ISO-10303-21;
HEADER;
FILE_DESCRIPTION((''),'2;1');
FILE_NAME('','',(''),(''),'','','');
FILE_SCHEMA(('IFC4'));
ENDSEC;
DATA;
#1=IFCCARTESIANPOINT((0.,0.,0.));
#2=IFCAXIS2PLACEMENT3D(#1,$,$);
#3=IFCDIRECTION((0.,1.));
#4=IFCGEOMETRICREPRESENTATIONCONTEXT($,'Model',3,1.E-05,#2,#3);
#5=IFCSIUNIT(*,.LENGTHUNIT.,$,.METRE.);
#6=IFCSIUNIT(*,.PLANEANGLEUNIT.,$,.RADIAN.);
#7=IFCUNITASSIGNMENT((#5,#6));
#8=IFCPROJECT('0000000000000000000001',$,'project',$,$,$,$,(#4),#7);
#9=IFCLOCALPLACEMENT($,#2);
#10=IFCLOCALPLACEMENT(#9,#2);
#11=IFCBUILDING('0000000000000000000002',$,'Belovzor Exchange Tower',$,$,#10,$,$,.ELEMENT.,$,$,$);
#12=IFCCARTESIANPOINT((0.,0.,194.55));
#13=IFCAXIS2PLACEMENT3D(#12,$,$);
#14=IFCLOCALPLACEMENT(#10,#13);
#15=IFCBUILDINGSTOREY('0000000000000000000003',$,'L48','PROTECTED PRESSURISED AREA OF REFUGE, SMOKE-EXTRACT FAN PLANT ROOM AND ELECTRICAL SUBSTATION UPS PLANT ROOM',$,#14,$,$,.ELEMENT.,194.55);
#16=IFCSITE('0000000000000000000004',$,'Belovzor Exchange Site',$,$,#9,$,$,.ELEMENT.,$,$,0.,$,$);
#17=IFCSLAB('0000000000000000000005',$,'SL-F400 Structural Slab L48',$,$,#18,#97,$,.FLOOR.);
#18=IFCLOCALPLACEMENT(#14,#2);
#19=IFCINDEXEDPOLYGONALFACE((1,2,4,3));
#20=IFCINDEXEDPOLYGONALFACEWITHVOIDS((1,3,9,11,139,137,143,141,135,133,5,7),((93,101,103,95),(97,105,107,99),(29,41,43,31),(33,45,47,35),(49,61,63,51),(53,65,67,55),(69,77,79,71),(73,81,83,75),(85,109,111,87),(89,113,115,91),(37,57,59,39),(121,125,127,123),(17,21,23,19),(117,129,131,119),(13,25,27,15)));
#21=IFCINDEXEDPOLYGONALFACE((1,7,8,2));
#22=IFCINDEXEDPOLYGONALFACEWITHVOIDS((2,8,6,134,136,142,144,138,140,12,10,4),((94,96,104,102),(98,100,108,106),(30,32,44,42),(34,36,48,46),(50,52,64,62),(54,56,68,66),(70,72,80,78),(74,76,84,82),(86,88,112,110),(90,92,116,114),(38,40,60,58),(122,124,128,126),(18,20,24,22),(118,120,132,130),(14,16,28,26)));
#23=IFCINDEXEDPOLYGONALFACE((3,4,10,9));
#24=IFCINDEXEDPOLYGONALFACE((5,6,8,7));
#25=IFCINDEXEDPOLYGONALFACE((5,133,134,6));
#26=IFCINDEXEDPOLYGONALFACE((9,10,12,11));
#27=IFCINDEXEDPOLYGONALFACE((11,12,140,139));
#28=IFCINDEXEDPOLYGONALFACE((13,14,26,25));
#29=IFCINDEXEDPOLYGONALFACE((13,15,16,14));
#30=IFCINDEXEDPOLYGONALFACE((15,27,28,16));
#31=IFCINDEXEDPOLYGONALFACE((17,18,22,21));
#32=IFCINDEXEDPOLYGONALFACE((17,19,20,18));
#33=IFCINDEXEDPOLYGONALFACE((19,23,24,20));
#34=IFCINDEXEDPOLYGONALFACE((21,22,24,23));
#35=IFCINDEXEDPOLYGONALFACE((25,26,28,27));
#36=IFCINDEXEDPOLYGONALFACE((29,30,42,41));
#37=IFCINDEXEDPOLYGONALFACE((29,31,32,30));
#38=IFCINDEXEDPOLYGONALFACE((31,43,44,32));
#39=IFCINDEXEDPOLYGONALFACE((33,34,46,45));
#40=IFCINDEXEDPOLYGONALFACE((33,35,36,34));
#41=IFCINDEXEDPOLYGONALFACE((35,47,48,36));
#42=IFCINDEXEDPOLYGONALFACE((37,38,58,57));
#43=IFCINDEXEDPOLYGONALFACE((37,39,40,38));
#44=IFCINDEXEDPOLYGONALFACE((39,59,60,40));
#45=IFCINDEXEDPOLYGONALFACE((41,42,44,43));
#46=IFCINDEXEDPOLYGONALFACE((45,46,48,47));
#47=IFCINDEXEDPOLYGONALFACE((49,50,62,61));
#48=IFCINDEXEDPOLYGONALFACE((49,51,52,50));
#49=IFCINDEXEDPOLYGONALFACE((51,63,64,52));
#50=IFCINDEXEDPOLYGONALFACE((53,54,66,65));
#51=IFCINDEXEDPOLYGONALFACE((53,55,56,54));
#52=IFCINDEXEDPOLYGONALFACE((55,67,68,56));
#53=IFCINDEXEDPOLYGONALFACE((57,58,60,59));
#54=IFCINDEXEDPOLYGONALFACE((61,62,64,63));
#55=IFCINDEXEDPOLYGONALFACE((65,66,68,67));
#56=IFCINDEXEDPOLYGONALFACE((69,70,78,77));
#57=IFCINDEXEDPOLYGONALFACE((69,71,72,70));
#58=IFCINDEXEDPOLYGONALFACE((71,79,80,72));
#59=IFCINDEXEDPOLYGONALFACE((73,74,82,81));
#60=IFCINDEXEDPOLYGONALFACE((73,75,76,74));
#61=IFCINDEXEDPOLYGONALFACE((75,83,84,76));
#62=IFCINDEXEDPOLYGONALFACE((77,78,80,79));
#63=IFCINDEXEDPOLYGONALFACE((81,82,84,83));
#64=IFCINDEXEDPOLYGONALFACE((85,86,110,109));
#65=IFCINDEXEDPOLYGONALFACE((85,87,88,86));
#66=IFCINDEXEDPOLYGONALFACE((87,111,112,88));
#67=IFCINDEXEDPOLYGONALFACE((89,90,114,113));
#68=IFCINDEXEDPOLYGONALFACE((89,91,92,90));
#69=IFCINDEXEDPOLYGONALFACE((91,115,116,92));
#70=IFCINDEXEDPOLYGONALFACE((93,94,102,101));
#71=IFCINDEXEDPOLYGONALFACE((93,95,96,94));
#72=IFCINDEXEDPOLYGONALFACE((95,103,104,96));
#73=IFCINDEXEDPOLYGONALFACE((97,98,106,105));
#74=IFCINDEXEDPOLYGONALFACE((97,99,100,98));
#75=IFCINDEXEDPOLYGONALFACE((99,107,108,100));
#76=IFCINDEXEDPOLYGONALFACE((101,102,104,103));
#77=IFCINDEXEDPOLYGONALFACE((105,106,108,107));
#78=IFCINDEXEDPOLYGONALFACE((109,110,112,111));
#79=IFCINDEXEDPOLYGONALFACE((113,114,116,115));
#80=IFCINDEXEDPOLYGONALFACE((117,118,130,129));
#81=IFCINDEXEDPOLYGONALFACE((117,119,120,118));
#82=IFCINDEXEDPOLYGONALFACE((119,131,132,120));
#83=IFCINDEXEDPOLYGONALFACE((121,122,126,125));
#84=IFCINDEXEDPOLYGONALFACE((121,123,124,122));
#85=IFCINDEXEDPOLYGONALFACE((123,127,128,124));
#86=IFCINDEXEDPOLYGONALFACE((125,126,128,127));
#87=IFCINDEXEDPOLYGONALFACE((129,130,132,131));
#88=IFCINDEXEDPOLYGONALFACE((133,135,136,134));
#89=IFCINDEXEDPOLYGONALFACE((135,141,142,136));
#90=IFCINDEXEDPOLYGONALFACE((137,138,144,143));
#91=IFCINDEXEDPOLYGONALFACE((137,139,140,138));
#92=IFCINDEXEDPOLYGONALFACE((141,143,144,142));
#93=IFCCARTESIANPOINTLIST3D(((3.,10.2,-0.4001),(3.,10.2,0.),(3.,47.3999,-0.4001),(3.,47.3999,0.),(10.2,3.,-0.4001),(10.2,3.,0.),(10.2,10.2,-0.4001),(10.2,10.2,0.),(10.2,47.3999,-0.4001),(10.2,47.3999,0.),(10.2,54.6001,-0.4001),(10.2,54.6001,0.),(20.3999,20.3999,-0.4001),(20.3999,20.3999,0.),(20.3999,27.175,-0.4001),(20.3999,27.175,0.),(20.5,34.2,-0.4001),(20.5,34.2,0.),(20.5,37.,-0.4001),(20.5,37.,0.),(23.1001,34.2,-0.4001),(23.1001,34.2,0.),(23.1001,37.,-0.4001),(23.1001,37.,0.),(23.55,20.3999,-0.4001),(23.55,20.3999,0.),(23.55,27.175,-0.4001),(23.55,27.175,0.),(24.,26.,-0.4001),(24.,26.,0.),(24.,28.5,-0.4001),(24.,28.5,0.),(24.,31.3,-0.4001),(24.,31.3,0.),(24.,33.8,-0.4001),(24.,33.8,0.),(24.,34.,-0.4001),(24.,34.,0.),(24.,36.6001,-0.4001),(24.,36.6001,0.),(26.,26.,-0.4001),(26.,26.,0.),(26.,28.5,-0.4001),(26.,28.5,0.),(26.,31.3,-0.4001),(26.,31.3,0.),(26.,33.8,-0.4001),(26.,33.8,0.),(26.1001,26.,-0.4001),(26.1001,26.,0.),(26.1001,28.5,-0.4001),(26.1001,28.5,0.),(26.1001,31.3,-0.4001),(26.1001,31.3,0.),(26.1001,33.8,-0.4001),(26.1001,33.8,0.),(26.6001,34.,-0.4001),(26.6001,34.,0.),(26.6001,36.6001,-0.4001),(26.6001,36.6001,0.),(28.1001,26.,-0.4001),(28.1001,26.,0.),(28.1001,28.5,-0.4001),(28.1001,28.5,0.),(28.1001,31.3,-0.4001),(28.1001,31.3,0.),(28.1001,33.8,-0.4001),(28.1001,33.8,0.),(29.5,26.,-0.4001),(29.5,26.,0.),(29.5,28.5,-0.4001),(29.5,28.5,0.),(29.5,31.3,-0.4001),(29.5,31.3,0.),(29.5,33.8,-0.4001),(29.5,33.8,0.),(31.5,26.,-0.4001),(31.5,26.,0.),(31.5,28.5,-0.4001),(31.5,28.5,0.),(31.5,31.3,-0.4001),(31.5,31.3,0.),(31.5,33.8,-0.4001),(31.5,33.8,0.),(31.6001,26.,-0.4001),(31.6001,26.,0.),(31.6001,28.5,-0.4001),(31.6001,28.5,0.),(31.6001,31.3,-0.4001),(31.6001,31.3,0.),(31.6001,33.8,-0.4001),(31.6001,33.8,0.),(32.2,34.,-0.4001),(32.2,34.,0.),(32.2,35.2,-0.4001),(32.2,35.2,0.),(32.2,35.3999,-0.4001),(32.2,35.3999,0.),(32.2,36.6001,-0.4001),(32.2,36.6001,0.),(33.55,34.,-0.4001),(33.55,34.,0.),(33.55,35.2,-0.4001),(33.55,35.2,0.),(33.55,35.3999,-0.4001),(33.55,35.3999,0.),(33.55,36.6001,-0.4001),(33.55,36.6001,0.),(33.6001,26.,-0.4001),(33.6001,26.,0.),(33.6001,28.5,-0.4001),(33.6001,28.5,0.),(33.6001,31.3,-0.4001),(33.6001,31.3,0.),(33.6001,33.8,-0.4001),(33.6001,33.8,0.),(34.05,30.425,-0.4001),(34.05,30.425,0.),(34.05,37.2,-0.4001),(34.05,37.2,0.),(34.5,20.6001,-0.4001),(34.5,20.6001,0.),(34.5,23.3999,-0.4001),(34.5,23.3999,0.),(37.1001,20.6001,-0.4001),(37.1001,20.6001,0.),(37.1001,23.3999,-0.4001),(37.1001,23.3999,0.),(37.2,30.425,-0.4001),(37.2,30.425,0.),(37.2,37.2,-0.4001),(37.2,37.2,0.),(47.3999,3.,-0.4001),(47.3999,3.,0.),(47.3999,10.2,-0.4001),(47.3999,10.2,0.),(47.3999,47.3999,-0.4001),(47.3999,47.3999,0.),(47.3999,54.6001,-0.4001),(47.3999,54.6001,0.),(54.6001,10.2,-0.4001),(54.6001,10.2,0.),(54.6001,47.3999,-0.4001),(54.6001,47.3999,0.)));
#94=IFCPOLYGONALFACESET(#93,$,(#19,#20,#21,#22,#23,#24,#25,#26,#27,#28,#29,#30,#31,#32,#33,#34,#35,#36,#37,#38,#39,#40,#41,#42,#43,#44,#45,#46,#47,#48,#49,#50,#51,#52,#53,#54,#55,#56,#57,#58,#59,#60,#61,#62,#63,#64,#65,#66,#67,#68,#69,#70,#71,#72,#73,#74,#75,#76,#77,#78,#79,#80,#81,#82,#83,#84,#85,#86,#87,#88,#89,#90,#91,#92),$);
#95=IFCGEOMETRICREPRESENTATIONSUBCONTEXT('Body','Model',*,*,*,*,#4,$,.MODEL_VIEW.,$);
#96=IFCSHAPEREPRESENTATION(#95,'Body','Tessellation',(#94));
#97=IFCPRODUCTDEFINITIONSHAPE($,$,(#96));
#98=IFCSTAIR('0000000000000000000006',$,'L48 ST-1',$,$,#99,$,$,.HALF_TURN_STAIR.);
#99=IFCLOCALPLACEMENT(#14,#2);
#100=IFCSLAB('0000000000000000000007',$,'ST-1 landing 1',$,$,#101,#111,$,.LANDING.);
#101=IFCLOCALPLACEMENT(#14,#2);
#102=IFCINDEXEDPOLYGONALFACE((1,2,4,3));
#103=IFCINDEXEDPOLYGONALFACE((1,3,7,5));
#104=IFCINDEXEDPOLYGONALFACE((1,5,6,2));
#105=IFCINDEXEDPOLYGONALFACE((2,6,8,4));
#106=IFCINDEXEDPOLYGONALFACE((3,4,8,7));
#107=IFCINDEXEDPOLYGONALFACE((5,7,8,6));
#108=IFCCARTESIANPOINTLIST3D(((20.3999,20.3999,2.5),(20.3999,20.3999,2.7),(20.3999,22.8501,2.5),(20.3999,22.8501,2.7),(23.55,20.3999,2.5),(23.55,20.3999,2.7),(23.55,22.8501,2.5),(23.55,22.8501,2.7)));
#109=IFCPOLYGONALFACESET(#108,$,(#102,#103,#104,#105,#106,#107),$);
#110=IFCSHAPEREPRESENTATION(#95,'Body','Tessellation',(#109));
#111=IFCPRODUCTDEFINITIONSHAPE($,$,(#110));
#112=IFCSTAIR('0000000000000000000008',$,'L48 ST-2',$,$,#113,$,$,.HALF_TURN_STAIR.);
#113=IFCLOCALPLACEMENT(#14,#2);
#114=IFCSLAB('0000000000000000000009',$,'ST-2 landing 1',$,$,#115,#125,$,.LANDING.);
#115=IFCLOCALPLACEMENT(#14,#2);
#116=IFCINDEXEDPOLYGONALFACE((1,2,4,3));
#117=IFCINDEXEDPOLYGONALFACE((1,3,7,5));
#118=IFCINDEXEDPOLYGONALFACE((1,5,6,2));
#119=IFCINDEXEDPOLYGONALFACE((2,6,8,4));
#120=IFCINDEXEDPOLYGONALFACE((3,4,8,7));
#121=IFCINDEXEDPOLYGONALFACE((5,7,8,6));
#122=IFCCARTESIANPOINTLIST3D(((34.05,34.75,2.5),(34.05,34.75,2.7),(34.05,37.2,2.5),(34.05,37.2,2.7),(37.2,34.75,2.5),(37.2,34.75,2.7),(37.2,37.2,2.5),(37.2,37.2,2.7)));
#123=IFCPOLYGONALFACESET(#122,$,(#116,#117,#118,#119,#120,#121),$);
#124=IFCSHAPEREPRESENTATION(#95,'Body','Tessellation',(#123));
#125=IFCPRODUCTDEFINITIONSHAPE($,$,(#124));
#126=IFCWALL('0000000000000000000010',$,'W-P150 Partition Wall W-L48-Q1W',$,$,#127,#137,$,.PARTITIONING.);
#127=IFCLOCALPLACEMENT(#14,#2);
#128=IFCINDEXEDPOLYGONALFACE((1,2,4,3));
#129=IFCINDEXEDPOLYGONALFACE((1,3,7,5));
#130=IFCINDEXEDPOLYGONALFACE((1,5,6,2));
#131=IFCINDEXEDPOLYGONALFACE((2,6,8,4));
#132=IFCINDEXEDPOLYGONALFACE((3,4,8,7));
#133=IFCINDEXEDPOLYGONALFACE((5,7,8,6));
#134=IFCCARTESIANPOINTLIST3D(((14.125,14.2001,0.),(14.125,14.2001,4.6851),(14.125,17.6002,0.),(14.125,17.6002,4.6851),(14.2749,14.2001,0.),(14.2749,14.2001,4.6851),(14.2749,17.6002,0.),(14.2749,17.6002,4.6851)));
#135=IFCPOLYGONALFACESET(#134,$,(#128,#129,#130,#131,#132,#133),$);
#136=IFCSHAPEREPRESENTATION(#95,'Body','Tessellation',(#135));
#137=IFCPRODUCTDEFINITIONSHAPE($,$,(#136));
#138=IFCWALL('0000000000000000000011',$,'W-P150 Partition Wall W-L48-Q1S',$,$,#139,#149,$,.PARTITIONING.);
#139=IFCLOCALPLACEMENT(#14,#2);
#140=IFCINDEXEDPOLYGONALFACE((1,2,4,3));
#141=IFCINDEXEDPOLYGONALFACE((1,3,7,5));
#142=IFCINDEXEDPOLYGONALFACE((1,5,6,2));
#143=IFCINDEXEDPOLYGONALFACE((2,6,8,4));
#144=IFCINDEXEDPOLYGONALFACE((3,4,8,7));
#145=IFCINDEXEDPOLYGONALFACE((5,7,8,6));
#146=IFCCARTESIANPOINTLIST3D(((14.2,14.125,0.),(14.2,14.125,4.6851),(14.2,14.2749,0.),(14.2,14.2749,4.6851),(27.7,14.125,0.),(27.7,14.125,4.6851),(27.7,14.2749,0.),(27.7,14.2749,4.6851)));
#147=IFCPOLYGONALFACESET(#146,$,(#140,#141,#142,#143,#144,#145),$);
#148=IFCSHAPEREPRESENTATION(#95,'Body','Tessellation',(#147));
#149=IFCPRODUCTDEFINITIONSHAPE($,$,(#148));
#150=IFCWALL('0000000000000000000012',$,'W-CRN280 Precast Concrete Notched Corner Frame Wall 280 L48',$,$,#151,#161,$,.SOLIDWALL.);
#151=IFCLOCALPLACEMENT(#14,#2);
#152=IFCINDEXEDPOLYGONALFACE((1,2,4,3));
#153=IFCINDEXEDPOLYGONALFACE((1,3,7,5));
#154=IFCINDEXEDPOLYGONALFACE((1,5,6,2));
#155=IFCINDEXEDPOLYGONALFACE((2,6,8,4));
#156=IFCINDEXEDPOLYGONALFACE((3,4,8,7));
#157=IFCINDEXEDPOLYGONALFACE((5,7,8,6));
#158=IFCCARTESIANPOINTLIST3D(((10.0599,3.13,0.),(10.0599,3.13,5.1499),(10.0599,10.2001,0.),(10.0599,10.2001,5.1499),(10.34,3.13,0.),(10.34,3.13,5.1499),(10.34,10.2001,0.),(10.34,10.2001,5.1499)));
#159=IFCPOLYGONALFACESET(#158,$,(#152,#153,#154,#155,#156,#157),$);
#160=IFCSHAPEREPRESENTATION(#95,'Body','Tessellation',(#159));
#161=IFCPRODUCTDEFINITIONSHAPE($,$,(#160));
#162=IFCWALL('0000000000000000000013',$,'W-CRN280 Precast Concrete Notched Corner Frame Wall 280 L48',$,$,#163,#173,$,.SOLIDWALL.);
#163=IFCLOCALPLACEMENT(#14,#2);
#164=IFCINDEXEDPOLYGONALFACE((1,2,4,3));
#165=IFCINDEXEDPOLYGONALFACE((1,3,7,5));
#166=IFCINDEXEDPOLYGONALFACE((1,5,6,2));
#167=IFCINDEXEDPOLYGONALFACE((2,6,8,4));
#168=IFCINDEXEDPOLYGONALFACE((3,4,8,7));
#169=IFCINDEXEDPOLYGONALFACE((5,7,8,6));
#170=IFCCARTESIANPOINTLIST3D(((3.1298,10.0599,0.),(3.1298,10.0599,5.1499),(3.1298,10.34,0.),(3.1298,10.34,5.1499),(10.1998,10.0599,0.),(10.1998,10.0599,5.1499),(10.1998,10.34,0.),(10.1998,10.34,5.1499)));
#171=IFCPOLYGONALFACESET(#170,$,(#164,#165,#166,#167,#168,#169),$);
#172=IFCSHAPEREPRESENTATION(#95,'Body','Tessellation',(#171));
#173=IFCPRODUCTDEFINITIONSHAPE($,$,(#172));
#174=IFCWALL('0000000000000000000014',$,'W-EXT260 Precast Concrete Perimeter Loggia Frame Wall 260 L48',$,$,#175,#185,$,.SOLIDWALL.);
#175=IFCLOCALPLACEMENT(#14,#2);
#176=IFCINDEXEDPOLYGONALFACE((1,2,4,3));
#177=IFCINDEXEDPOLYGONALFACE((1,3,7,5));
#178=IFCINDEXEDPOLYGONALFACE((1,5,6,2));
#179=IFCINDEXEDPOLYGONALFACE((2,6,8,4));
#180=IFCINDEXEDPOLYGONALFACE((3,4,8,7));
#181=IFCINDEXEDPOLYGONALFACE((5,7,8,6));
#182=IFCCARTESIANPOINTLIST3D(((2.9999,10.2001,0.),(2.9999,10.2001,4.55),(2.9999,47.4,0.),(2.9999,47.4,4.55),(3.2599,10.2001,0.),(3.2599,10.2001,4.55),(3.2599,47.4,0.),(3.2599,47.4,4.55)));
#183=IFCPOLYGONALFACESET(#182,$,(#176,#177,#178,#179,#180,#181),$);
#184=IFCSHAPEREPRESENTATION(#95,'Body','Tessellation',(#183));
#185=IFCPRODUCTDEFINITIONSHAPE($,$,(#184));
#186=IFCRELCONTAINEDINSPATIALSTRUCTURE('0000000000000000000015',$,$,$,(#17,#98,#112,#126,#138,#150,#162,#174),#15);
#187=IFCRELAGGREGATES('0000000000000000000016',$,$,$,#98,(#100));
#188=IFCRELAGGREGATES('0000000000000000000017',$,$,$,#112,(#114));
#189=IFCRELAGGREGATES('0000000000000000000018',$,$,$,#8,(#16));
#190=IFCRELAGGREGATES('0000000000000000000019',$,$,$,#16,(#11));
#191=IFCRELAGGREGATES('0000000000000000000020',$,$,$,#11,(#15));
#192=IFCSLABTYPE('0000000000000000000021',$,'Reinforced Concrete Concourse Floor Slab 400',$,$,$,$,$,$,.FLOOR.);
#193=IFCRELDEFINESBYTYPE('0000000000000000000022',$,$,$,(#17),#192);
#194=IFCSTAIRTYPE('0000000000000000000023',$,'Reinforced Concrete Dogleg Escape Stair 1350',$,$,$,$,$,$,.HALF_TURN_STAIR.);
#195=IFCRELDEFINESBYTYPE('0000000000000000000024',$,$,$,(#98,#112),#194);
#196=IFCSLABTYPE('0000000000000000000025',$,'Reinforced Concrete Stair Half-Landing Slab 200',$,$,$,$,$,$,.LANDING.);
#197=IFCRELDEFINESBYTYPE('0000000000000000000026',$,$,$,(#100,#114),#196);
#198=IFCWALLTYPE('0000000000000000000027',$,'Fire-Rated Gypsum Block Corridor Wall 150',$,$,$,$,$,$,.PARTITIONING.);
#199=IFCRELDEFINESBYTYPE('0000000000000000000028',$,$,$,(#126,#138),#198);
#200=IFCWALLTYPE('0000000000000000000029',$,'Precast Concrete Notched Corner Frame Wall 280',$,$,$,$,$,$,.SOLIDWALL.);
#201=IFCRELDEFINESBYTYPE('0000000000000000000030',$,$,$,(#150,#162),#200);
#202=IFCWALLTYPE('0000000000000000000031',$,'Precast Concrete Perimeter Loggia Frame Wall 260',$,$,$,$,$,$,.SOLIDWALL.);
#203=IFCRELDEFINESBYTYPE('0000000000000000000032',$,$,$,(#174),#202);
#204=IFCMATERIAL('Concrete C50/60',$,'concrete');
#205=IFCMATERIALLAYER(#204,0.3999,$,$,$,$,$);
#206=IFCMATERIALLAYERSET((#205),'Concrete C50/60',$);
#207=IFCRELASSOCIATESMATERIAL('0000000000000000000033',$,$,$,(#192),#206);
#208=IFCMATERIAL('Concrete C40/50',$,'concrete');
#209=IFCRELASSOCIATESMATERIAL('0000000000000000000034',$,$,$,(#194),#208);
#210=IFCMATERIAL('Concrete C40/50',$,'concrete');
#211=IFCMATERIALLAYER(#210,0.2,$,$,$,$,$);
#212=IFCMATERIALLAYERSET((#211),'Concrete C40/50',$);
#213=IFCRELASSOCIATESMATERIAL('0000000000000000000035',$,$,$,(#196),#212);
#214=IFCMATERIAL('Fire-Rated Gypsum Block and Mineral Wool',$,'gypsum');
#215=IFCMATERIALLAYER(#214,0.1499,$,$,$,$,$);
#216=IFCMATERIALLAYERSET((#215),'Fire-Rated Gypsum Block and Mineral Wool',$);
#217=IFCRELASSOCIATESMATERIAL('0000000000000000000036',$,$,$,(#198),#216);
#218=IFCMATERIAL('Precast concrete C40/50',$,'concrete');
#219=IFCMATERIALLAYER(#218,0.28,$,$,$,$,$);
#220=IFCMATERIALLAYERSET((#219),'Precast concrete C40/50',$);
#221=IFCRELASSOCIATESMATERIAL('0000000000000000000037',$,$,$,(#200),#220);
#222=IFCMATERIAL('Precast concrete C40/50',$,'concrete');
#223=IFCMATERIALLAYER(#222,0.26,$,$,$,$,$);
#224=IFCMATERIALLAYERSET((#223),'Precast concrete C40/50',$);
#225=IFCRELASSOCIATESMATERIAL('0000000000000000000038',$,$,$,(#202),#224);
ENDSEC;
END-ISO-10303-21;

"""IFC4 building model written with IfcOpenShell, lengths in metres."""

from ifc_helpers import new_model, si_unit, direction, frame, frame_2d, origin, place, context, subcontext, project, spatial, polyline, rectangle, outline, extrude, material, layer, layer_set, type_object, element, aggregate, save


model = new_model("IFC4")

# Units and contexts
model_context = context("Model", 3, precision=1e-05, world=origin(), true_north=direction((0.0, 1.0)))
body_context = subcontext(model_context, "Body", "Model", "MODEL_VIEW")
ifc_project = project(units=[si_unit("LENGTHUNIT", "METRE"), si_unit("PLANEANGLEUNIT", "RADIAN")], contexts=[model_context])

# Site, building, storey
site_placement = place(None, origin())
site = spatial("IfcSite", under=ifc_project, at=site_placement, Name="Belovzor Exchange Site", CompositionType="ELEMENT", RefElevation=0.0)
building_placement = place(site_placement, origin())
building = spatial("IfcBuilding", under=site, at=building_placement, Name="Belovzor Exchange Tower", CompositionType="ELEMENT")
storey_placement = place(building_placement, frame((0.0, 0.0, 194.55)))
storey = spatial("IfcBuildingStorey", under=building, at=storey_placement, Name="L48", Description="PROTECTED PRESSURISED AREA OF REFUGE, SMOKE-EXTRACT FAN PLANT ROOM AND ELECTRICAL SUBSTATION UPS PLANT ROOM", CompositionType="ELEMENT", Elevation=194.55)

# Slab
ifc_material_1 = material(Name="Concrete C50/60", Category="concrete")
ifc_layer_1 = layer(ifc_material_1, 0.3999)
ifc_layer_set_1 = layer_set([ifc_layer_1], Name="Concrete C50/60")
slab_type_1 = type_object("IfcSlabType", Name="Reinforced Concrete Concourse Floor Slab 400", PredefinedType="FLOOR", material=ifc_layer_set_1)
slab_1_placement = place(storey_placement, frame((0.0, 0.0, -0.4001)))
element("IfcSlab", 1, at=slab_1_placement, inside=storey, type_object=slab_type_1, Name="SL-F400 Structural Slab L48", PredefinedType="FLOOR", context=body_context, shape_type="SweptSolid", body=[
    extrude(outline(polyline([(10.2, 3.0), (47.3999, 3.0), (47.3999, 10.2), (54.6001, 10.2), (54.6001, 47.3999), (47.3999, 47.3999), (47.3999, 54.6001), (10.2, 54.6001), (10.2, 47.3999), (3.0, 47.3999), (3.0, 10.2), (10.2, 10.2), (10.2, 3.0)]), holes=[polyline([(20.3999, 27.175), (20.3999, 20.3999), (23.55, 20.3999), (23.55, 27.175), (20.3999, 27.175)]), polyline([(37.2, 30.425), (37.2, 37.2), (34.05, 37.2), (34.05, 30.425), (37.2, 30.425)]), polyline([(20.5, 34.2), (23.1001, 34.2), (23.1001, 37.0), (20.5, 37.0), (20.5, 34.2)]), polyline([(34.5, 20.6001), (37.1001, 20.6001), (37.1001, 23.3999), (34.5, 23.3999), (34.5, 20.6001)]), polyline([(24.0, 34.0), (26.6001, 34.0), (26.6001, 36.6001), (24.0, 36.6001), (24.0, 34.0)]), polyline([(24.0, 26.0), (26.0, 26.0), (26.0, 28.5), (24.0, 28.5), (24.0, 26.0)]), polyline([(26.1001, 26.0), (28.1001, 26.0), (28.1001, 28.5), (26.1001, 28.5), (26.1001, 26.0)]), polyline([(29.5, 26.0), (31.5, 26.0), (31.5, 28.5), (29.5, 28.5), (29.5, 26.0)]), polyline([(31.6001, 26.0), (33.6001, 26.0), (33.6001, 28.5), (31.6001, 28.5), (31.6001, 26.0)]), polyline([(24.0, 31.3), (26.0, 31.3), (26.0, 33.8), (24.0, 33.8), (24.0, 31.3)]), polyline([(26.1001, 31.3), (28.1001, 31.3), (28.1001, 33.8), (26.1001, 33.8), (26.1001, 31.3)]), polyline([(29.5, 31.3), (31.5, 31.3), (31.5, 33.8), (29.5, 33.8), (29.5, 31.3)]), polyline([(31.6001, 31.3), (33.6001, 31.3), (33.6001, 33.8), (31.6001, 33.8), (31.6001, 31.3)]), polyline([(32.2, 34.0), (33.55, 34.0), (33.55, 35.2), (32.2, 35.2), (32.2, 34.0)]), polyline([(32.2, 35.3999), (33.55, 35.3999), (33.55, 36.6001), (32.2, 36.6001), (32.2, 35.3999)])]), origin(), (0.0, 0.0, 1.0), 0.4001),
])

# Stairs, slabs
ifc_material_2 = material(Name="Concrete C40/50", Category="concrete")
stair_type = type_object("IfcStairType", Name="Reinforced Concrete Dogleg Escape Stair 1350", PredefinedType="HALF_TURN_STAIR", material=ifc_material_2)
stair_1_placement = place(storey_placement, origin())
stair_1 = element("IfcStair", 2, at=stair_1_placement, inside=storey, type_object=stair_type, Name="L48 ST-1", PredefinedType="HALF_TURN_STAIR")
ifc_material_3 = material(Name="Concrete C40/50", Category="concrete")
ifc_layer_2 = layer(ifc_material_3, 0.2)
ifc_layer_set_2 = layer_set([ifc_layer_2], Name="Concrete C40/50")
slab_type_2 = type_object("IfcSlabType", Name="Reinforced Concrete Stair Half-Landing Slab 200", PredefinedType="LANDING", material=ifc_layer_set_2)
slab_2_placement = place(storey_placement, frame((0.0, 0.0, 2.5)))
slab_2 = element("IfcSlab", 3, at=slab_2_placement, type_object=slab_type_2, Name="ST-1 landing 1", PredefinedType="LANDING", context=body_context, shape_type="SweptSolid", body=[
    extrude(outline(polyline([(20.3999, 22.8501), (20.3999, 20.3999), (23.55, 20.3999), (23.55, 22.8501), (20.3999, 22.8501)])), origin(), (0.0, 0.0, 1.0), 0.2),
])
aggregate(stair_1, [slab_2])
stair_2_placement = place(storey_placement, origin())
stair_2 = element("IfcStair", 4, at=stair_2_placement, inside=storey, type_object=stair_type, Name="L48 ST-2", PredefinedType="HALF_TURN_STAIR")
slab_3_placement = place(storey_placement, frame((0.0, 0.0, 2.5)))
slab_3 = element("IfcSlab", 5, at=slab_3_placement, type_object=slab_type_2, Name="ST-2 landing 1", PredefinedType="LANDING", context=body_context, shape_type="SweptSolid", body=[
    extrude(outline(polyline([(37.2, 34.75), (37.2, 37.2), (34.05, 37.2), (34.05, 34.75), (37.2, 34.75)])), origin(), (0.0, 0.0, 1.0), 0.2),
])
aggregate(stair_2, [slab_3])

# Walls
ifc_material_4 = material(Name="Fire-Rated Gypsum Block and Mineral Wool", Category="gypsum")
ifc_layer_3 = layer(ifc_material_4, 0.1499)
ifc_layer_set_3 = layer_set([ifc_layer_3], Name="Fire-Rated Gypsum Block and Mineral Wool")
wall_type_1 = type_object("IfcWallType", Name="Fire-Rated Gypsum Block Corridor Wall 150", PredefinedType="PARTITIONING", material=ifc_layer_set_3)
wall_1_placement = place(storey_placement, frame((14.2, 14.2, 0.0), z_axis=(0.0, 0.0, 1.0), x_axis=(0.0, 1.0, 0.0)))
element("IfcWall", 6, at=wall_1_placement, inside=storey, type_object=wall_type_1, Name="W-P150 Partition Wall W-L48-Q1W", PredefinedType="PARTITIONING", context=body_context, shape_type="SweptSolid", body=[
    extrude(rectangle(XDim=3.4001, YDim=0.1499, at=frame_2d((1.7002, 0.0))), origin(), (0.0, 0.0, 1.0), 4.6851),
])
wall_2_placement = place(storey_placement, frame((14.2, 14.2, 0.0), z_axis=(0.0, 0.0, 1.0), x_axis=(1.0, 0.0, 0.0)))
element("IfcWall", 7, at=wall_2_placement, inside=storey, type_object=wall_type_1, Name="W-P150 Partition Wall W-L48-Q1S", PredefinedType="PARTITIONING", context=body_context, shape_type="SweptSolid", body=[
    extrude(rectangle(XDim=13.5, YDim=0.1499, at=frame_2d((6.75, 0.0))), origin(), (0.0, 0.0, 1.0), 4.6851),
])
ifc_material_5 = material(Name="Precast concrete C40/50", Category="concrete")
ifc_layer_4 = layer(ifc_material_5, 0.28)
ifc_layer_set_4 = layer_set([ifc_layer_4], Name="Precast concrete C40/50")
wall_type_2 = type_object("IfcWallType", Name="Precast Concrete Notched Corner Frame Wall 280", PredefinedType="SOLIDWALL", material=ifc_layer_set_4)
for number, where, z_axis, x_axis, name in (
    (8, (10.2, 3.1299, 0.0), (0.0, 0.0, 1.0), (0.0, 1.0, 0.0), "W-CRN280 Precast Concrete Notched Corner Frame Wall 280 L48"),
    (9, (10.2, 10.2, 0.0), (0.0, 0.0, 1.0), (-1.0, 0.0, 0.0), "W-CRN280 Precast Concrete Notched Corner Frame Wall 280 L48"),
):
    element("IfcWall", number, at=place(storey_placement, frame(where, z_axis=z_axis, x_axis=x_axis)), inside=storey, type_object=wall_type_2, Name=name, PredefinedType="SOLIDWALL", context=body_context, shape_type="SweptSolid", body=[
        extrude(rectangle(XDim=7.0701, YDim=0.28, at=frame_2d((3.5352, 0.0))), origin(), (0.0, 0.0, 1.0), 5.1499),
    ])
ifc_material_6 = material(Name="Precast concrete C40/50", Category="concrete")
ifc_layer_5 = layer(ifc_material_6, 0.26)
ifc_layer_set_5 = layer_set([ifc_layer_5], Name="Precast concrete C40/50")
wall_type_3 = type_object("IfcWallType", Name="Precast Concrete Perimeter Loggia Frame Wall 260", PredefinedType="SOLIDWALL", material=ifc_layer_set_5)
wall_3_placement = place(storey_placement, frame((3.1299, 10.2, 0.0), z_axis=(0.0, 0.0, 1.0), x_axis=(0.0, 1.0, 0.0)))
element("IfcWall", 10, at=wall_3_placement, inside=storey, type_object=wall_type_3, Name="W-EXT260 Precast Concrete Perimeter Loggia Frame Wall 260 L48", PredefinedType="SOLIDWALL", context=body_context, shape_type="SweptSolid", body=[
    extrude(rectangle(XDim=37.2, YDim=0.26, at=frame_2d((18.6001, 0.0))), origin(), (0.0, 0.0, 1.0), 4.55),
])

save(model, "model.ifc")
